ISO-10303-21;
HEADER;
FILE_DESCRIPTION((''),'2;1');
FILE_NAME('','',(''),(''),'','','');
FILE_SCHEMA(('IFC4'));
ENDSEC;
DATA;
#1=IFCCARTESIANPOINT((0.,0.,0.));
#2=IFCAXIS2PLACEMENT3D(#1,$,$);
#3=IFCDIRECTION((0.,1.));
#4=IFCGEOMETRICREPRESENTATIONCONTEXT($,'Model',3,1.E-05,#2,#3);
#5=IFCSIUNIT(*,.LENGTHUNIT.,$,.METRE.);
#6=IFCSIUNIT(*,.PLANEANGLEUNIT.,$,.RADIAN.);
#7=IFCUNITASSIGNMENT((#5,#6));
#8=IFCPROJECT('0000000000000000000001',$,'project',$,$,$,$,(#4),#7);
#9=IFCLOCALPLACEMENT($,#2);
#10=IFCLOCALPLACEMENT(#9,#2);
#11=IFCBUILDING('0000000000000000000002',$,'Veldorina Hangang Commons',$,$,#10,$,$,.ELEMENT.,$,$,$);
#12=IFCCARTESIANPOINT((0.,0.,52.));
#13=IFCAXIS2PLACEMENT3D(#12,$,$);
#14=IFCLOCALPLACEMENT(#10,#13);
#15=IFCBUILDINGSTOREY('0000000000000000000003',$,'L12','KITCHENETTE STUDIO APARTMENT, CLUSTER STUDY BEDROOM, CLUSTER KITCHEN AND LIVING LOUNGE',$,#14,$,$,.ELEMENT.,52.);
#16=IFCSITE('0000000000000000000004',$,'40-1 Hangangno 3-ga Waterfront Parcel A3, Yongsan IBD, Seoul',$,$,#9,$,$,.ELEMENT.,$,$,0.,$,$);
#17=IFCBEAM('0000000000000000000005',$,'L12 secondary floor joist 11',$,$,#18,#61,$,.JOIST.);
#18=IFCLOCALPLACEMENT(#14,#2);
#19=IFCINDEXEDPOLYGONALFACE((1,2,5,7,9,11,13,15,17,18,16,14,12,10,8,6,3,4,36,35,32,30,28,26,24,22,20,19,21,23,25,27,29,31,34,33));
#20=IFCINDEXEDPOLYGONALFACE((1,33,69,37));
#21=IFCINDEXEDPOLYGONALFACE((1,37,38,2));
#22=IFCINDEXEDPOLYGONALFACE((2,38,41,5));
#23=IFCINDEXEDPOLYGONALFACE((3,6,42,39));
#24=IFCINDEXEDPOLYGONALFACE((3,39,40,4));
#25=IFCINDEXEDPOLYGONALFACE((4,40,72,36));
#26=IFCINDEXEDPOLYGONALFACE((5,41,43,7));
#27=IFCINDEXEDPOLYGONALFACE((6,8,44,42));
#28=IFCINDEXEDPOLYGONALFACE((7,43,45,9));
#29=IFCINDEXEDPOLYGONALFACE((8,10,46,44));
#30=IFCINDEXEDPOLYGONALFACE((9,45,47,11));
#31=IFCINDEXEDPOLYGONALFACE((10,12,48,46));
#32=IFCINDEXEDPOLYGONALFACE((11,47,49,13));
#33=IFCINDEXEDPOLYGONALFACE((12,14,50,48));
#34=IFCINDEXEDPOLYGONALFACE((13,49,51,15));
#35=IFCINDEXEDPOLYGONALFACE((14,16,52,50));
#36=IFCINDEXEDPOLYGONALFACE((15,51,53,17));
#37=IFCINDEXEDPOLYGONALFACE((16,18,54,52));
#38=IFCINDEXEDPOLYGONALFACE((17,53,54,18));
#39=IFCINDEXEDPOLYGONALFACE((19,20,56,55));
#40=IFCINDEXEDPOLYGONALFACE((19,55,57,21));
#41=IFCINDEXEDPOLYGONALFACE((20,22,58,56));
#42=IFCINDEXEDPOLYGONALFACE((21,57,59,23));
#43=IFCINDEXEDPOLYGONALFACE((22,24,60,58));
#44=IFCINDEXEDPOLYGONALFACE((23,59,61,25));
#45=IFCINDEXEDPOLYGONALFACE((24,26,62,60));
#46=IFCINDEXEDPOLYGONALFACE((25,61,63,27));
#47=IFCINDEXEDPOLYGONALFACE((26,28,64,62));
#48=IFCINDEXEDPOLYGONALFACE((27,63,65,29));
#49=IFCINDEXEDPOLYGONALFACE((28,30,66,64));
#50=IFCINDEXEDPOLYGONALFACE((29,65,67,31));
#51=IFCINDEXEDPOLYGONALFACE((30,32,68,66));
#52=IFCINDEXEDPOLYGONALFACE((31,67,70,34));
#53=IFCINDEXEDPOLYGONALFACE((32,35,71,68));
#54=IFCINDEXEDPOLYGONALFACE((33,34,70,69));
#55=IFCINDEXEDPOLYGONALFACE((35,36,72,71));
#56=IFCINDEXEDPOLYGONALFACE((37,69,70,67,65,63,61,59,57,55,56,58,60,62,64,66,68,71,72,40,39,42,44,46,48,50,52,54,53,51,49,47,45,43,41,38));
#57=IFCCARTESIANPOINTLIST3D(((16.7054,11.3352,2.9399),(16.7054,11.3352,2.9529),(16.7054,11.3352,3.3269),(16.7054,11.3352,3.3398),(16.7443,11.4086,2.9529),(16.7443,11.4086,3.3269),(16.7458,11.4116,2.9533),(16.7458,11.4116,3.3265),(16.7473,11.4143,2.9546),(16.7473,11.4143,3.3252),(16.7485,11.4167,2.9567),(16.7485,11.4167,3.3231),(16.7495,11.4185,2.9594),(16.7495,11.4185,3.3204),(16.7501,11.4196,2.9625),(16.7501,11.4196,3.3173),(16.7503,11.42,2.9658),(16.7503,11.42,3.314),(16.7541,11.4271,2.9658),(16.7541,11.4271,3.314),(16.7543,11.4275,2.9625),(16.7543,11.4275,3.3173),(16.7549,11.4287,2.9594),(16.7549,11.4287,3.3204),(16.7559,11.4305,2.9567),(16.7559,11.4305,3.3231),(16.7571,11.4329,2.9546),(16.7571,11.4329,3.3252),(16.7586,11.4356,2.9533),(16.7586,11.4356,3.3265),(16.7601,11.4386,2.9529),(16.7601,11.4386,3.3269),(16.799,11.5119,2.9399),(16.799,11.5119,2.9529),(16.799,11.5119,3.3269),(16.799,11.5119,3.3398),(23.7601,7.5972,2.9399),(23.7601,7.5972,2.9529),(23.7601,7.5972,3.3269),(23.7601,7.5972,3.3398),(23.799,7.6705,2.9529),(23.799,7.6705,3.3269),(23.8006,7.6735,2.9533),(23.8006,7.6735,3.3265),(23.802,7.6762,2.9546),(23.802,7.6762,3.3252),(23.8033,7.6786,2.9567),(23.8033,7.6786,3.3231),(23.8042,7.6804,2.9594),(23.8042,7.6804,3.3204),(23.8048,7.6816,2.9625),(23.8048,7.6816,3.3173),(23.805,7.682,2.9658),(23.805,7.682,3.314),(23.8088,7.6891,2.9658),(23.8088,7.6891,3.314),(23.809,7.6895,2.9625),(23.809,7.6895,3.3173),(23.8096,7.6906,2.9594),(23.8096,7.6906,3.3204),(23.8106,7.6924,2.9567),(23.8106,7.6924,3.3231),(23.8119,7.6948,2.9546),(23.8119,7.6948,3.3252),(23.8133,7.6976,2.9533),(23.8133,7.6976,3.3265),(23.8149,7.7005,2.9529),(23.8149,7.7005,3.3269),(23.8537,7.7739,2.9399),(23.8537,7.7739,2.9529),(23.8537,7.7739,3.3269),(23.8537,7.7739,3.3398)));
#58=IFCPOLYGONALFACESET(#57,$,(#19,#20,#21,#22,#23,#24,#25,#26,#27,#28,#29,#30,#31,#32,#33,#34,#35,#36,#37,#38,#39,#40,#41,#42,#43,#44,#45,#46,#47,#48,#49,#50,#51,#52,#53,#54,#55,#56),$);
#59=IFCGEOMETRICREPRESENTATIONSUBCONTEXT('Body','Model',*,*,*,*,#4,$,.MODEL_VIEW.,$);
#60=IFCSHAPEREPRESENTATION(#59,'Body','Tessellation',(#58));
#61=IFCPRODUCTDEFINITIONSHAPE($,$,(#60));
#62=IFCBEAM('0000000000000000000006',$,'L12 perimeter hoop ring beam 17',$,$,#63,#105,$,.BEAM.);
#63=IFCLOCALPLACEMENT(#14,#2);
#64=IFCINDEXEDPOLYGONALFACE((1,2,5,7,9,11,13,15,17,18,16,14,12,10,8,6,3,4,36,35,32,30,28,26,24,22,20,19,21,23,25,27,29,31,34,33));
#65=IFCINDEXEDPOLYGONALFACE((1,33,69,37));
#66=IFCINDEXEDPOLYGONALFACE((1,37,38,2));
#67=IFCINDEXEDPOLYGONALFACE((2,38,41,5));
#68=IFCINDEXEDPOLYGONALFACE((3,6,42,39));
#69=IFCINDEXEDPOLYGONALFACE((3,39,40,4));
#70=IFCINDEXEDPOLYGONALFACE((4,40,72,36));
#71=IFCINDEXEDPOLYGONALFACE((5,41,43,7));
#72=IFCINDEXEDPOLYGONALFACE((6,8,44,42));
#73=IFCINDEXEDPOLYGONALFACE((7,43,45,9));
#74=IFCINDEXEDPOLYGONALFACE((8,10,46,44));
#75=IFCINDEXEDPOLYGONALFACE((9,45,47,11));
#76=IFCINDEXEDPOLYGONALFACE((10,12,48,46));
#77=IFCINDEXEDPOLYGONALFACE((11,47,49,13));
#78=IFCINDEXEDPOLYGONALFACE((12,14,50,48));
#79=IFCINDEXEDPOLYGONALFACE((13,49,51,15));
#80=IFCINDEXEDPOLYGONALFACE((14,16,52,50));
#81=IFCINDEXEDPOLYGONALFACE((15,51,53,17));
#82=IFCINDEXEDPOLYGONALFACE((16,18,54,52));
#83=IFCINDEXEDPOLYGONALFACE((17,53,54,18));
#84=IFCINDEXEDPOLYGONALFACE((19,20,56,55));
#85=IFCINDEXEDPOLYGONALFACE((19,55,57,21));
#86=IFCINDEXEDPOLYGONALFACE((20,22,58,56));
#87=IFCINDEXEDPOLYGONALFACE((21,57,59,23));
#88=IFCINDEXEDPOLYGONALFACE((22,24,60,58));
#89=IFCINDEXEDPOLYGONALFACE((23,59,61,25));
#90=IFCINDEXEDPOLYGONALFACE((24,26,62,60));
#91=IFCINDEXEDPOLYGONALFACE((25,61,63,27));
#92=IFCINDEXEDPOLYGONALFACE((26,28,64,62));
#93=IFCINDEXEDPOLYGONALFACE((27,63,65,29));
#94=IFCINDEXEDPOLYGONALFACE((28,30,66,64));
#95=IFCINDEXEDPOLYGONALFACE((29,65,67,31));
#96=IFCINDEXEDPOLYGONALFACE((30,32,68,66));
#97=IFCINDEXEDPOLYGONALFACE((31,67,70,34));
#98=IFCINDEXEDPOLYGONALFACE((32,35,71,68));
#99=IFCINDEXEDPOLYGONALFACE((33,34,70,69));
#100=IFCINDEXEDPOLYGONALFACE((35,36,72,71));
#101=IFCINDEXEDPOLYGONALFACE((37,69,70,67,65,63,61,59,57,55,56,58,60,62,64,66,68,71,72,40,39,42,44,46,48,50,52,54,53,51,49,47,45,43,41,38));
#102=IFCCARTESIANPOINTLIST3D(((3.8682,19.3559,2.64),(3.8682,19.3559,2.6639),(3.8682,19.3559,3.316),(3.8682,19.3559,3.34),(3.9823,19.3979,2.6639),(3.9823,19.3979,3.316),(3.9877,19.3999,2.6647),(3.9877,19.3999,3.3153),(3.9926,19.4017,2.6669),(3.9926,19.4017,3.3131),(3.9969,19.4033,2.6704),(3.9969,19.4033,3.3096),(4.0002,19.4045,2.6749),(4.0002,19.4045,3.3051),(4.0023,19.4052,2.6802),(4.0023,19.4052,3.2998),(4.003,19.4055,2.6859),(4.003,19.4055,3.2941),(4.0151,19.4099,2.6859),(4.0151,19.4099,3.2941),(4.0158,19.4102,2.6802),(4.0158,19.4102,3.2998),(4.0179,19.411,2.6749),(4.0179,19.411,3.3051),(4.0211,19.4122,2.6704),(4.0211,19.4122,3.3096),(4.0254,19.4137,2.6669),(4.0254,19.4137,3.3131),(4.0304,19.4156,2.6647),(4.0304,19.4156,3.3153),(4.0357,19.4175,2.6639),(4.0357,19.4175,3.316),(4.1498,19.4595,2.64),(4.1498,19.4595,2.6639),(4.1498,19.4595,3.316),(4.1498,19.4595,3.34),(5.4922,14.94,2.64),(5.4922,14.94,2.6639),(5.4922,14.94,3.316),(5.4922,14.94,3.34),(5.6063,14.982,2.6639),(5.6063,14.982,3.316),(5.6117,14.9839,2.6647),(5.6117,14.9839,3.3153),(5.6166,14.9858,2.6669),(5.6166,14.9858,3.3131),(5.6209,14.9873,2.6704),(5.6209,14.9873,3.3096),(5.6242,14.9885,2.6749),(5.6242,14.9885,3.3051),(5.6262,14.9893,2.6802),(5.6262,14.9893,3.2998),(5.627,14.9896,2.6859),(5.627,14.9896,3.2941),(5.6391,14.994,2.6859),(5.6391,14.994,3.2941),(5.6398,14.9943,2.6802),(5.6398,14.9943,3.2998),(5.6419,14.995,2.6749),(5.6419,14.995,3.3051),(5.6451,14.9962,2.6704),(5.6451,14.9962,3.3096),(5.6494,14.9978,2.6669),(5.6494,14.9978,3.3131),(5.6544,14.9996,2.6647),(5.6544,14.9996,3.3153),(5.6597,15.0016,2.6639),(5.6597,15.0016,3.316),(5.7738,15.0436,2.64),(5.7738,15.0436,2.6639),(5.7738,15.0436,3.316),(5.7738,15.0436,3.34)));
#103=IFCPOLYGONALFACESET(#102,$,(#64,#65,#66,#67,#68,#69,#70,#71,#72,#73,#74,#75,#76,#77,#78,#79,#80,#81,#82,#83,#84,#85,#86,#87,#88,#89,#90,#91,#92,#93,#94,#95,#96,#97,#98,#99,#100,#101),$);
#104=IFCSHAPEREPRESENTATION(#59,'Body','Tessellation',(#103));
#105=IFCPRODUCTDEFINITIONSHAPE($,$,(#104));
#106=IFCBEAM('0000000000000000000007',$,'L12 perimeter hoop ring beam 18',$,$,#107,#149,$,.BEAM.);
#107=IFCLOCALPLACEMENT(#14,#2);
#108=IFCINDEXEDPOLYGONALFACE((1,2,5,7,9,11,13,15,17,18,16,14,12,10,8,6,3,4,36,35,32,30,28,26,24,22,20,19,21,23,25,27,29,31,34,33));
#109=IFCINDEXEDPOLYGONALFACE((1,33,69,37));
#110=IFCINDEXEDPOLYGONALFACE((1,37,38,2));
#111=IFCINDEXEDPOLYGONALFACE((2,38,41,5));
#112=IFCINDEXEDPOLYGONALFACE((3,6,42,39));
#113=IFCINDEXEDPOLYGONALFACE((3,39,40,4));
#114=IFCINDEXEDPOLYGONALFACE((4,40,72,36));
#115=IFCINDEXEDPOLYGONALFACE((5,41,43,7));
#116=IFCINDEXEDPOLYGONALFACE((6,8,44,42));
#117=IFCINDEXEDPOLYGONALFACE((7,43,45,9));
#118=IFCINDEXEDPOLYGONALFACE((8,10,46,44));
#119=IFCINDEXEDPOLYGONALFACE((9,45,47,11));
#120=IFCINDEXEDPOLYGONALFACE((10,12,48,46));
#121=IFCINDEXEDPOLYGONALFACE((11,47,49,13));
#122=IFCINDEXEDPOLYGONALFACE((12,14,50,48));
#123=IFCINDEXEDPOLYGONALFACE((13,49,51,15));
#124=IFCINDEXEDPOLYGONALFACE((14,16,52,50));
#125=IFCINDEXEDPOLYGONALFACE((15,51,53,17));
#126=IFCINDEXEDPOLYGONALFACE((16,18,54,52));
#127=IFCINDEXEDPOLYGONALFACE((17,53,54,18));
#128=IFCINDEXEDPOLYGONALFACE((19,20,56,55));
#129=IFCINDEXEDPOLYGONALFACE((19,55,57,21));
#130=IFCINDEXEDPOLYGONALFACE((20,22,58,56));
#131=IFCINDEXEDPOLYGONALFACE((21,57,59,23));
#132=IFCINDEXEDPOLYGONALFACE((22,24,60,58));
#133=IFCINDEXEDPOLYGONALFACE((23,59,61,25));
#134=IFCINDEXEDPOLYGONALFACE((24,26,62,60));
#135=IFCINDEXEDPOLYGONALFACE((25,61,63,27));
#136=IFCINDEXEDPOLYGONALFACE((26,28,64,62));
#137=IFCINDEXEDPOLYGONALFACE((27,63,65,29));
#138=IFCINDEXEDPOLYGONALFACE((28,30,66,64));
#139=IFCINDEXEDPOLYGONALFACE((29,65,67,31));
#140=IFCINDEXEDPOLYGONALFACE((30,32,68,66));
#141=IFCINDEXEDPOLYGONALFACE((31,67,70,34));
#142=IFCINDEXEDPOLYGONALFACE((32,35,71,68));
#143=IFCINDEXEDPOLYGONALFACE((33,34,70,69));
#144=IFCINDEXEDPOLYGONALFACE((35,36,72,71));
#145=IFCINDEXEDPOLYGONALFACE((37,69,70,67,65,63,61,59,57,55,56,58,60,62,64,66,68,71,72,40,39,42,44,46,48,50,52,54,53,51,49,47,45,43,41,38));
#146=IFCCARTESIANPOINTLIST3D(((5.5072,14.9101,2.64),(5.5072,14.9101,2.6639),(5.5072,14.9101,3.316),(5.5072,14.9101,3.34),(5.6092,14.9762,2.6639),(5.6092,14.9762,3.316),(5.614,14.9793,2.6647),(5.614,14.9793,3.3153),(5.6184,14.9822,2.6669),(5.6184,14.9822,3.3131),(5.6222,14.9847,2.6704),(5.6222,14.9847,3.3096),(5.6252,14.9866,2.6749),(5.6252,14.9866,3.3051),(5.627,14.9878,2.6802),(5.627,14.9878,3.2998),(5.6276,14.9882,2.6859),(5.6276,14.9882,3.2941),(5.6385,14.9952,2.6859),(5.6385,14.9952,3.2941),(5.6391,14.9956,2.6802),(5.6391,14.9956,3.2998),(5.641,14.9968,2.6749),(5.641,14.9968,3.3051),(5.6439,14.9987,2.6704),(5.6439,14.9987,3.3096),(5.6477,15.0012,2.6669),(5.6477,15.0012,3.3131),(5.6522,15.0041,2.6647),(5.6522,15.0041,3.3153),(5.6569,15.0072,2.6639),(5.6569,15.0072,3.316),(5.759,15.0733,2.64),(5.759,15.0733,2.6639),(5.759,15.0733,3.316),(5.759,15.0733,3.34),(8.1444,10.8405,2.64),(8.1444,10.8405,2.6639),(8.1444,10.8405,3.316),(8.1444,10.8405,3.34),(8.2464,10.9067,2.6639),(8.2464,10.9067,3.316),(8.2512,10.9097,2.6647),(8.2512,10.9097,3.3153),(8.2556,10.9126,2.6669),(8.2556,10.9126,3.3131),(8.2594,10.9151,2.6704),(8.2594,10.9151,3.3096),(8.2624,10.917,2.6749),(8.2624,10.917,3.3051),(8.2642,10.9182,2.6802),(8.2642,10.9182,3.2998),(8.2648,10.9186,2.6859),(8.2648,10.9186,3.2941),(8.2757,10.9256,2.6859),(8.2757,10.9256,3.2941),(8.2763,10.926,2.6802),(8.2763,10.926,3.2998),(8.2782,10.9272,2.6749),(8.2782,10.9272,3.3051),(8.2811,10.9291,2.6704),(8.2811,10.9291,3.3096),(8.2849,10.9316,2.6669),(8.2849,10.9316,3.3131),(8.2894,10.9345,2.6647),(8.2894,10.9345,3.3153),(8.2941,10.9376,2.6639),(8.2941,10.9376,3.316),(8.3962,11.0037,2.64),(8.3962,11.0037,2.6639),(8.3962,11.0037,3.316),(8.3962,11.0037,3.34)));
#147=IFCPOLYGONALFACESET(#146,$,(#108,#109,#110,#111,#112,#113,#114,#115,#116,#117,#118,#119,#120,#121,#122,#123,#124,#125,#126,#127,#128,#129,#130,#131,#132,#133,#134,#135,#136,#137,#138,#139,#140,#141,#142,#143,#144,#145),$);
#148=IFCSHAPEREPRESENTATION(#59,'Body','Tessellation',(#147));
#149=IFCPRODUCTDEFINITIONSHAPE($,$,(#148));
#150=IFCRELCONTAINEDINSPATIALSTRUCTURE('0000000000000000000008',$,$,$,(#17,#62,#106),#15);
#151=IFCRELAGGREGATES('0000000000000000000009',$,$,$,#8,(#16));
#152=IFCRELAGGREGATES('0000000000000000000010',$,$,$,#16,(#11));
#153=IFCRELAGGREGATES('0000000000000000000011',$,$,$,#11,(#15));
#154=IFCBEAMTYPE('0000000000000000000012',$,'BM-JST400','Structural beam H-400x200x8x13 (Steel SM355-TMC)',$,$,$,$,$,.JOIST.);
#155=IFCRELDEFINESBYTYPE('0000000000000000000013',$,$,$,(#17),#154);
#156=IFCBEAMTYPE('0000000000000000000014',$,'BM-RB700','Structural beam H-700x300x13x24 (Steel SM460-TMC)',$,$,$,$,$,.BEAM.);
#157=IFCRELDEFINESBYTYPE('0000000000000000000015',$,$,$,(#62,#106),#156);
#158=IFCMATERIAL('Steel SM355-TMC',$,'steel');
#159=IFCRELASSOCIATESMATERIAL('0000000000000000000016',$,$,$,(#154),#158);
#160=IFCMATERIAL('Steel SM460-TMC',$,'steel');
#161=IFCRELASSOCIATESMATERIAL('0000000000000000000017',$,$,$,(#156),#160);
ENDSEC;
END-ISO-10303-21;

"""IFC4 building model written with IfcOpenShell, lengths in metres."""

from ifc_helpers import new_model, si_unit, direction, frame, origin, origin_2d, place, context, subcontext, project, spatial, i_section, extrude, material, material_profile, profile_set, type_object, element, save


model = new_model("IFC4")

# Units and contexts
model_context = context("Model", 3, precision=1e-05, world=origin(), true_north=direction((0.0, 1.0)))
body_context = subcontext(model_context, "Body", "Model", "MODEL_VIEW")
ifc_project = project(units=[si_unit("LENGTHUNIT", "METRE"), si_unit("PLANEANGLEUNIT", "RADIAN")], contexts=[model_context])

# Site, building, storey
site_placement = place(None, origin())
site = spatial("IfcSite", under=ifc_project, at=site_placement, Name="40-1 Hangangno 3-ga Waterfront Parcel A3, Yongsan IBD, Seoul", CompositionType="ELEMENT", RefElevation=0.0)
building_placement = place(site_placement, origin())
building = spatial("IfcBuilding", under=site, at=building_placement, Name="Veldorina Hangang Commons", CompositionType="ELEMENT")
storey_placement = place(building_placement, frame((0.0, 0.0, 52.0)))
storey = spatial("IfcBuildingStorey", under=building, at=storey_placement, Name="L12", Description="KITCHENETTE STUDIO APARTMENT, CLUSTER STUDY BEDROOM, CLUSTER KITCHEN AND LIVING LOUNGE", CompositionType="ELEMENT", Elevation=52.0)

# Beams
ifc_material_1 = material(Name="Steel SM355-TMC", Category="steel")
ifc_material_profile_1 = material_profile(ifc_material_1, i_section(OverallWidth=0.2, OverallDepth=0.3999, WebThickness=0.0081, FlangeThickness=0.0129, FilletRadius=0.0129, at=origin_2d()), Name="H-400x200x8x13")
ifc_profile_set_1 = profile_set([ifc_material_profile_1], Name="Steel SM355-TMC")
beam_type_1 = type_object("IfcBeamType", Name="BM-JST400", Description="Structural beam H-400x200x8x13 (Steel SM355-TMC)", PredefinedType="JOIST", material=ifc_profile_set_1)
beam_1_placement = place(storey_placement, frame((16.7522, 11.4236, 3.1399), z_axis=(0.883622, -0.468201, 0.0), x_axis=(0.468201, 0.883622, 0.0)))
element("IfcBeam", 1, at=beam_1_placement, inside=storey, type_object=beam_type_1, Name="L12 secondary floor joist 11", PredefinedType="JOIST", context=body_context, shape_type="SweptSolid", body=[
    extrude(i_section(OverallWidth=0.2, OverallDepth=0.3999, WebThickness=0.0081, FlangeThickness=0.0129, FilletRadius=0.0129, at=origin_2d()), origin(), (0.0, 0.0, 1.0), 7.9839),
])
ifc_material_2 = material(Name="Steel SM460-TMC", Category="steel")
ifc_material_profile_2 = material_profile(ifc_material_2, i_section(OverallWidth=0.3, OverallDepth=0.7, WebThickness=0.0129, FlangeThickness=0.0239, FilletRadius=0.022, at=origin_2d()), Name="H-700x300x13x24")
ifc_profile_set_2 = profile_set([ifc_material_profile_2], Name="Steel SM460-TMC")
beam_type_2 = type_object("IfcBeamType", Name="BM-RB700", Description="Structural beam H-700x300x13x24 (Steel SM460-TMC)", PredefinedType="BEAM", material=ifc_profile_set_2)
beam_2_placement = place(storey_placement, frame((4.009, 19.4077, 2.99), z_axis=(0.345157, -0.938545, 0.0), x_axis=(0.938545, 0.345157, 0.0)))
element("IfcBeam", 2, at=beam_2_placement, inside=storey, type_object=beam_type_2, Name="L12 perimeter hoop ring beam 17", PredefinedType="BEAM", context=body_context, shape_type="SweptSolid", body=[
    extrude(i_section(OverallWidth=0.3, OverallDepth=0.7, WebThickness=0.0129, FlangeThickness=0.0239, FilletRadius=0.022, at=origin_2d()), origin(), (0.0, 0.0, 1.0), 4.7051),
])
beam_3_placement = place(storey_placement, frame((5.6331, 14.9917, 2.99), z_axis=(0.543825, -0.839199, 0.0), x_axis=(0.839199, 0.543825, 0.0)))
element("IfcBeam", 3, at=beam_3_placement, inside=storey, type_object=beam_type_2, Name="L12 perimeter hoop ring beam 18", PredefinedType="BEAM", context=body_context, shape_type="SweptSolid", body=[
    extrude(i_section(OverallWidth=0.3, OverallDepth=0.7, WebThickness=0.0129, FlangeThickness=0.0239, FilletRadius=0.022, at=origin_2d()), origin(), (0.0, 0.0, 1.0), 4.8494),
])

save(model, "model.ifc")
